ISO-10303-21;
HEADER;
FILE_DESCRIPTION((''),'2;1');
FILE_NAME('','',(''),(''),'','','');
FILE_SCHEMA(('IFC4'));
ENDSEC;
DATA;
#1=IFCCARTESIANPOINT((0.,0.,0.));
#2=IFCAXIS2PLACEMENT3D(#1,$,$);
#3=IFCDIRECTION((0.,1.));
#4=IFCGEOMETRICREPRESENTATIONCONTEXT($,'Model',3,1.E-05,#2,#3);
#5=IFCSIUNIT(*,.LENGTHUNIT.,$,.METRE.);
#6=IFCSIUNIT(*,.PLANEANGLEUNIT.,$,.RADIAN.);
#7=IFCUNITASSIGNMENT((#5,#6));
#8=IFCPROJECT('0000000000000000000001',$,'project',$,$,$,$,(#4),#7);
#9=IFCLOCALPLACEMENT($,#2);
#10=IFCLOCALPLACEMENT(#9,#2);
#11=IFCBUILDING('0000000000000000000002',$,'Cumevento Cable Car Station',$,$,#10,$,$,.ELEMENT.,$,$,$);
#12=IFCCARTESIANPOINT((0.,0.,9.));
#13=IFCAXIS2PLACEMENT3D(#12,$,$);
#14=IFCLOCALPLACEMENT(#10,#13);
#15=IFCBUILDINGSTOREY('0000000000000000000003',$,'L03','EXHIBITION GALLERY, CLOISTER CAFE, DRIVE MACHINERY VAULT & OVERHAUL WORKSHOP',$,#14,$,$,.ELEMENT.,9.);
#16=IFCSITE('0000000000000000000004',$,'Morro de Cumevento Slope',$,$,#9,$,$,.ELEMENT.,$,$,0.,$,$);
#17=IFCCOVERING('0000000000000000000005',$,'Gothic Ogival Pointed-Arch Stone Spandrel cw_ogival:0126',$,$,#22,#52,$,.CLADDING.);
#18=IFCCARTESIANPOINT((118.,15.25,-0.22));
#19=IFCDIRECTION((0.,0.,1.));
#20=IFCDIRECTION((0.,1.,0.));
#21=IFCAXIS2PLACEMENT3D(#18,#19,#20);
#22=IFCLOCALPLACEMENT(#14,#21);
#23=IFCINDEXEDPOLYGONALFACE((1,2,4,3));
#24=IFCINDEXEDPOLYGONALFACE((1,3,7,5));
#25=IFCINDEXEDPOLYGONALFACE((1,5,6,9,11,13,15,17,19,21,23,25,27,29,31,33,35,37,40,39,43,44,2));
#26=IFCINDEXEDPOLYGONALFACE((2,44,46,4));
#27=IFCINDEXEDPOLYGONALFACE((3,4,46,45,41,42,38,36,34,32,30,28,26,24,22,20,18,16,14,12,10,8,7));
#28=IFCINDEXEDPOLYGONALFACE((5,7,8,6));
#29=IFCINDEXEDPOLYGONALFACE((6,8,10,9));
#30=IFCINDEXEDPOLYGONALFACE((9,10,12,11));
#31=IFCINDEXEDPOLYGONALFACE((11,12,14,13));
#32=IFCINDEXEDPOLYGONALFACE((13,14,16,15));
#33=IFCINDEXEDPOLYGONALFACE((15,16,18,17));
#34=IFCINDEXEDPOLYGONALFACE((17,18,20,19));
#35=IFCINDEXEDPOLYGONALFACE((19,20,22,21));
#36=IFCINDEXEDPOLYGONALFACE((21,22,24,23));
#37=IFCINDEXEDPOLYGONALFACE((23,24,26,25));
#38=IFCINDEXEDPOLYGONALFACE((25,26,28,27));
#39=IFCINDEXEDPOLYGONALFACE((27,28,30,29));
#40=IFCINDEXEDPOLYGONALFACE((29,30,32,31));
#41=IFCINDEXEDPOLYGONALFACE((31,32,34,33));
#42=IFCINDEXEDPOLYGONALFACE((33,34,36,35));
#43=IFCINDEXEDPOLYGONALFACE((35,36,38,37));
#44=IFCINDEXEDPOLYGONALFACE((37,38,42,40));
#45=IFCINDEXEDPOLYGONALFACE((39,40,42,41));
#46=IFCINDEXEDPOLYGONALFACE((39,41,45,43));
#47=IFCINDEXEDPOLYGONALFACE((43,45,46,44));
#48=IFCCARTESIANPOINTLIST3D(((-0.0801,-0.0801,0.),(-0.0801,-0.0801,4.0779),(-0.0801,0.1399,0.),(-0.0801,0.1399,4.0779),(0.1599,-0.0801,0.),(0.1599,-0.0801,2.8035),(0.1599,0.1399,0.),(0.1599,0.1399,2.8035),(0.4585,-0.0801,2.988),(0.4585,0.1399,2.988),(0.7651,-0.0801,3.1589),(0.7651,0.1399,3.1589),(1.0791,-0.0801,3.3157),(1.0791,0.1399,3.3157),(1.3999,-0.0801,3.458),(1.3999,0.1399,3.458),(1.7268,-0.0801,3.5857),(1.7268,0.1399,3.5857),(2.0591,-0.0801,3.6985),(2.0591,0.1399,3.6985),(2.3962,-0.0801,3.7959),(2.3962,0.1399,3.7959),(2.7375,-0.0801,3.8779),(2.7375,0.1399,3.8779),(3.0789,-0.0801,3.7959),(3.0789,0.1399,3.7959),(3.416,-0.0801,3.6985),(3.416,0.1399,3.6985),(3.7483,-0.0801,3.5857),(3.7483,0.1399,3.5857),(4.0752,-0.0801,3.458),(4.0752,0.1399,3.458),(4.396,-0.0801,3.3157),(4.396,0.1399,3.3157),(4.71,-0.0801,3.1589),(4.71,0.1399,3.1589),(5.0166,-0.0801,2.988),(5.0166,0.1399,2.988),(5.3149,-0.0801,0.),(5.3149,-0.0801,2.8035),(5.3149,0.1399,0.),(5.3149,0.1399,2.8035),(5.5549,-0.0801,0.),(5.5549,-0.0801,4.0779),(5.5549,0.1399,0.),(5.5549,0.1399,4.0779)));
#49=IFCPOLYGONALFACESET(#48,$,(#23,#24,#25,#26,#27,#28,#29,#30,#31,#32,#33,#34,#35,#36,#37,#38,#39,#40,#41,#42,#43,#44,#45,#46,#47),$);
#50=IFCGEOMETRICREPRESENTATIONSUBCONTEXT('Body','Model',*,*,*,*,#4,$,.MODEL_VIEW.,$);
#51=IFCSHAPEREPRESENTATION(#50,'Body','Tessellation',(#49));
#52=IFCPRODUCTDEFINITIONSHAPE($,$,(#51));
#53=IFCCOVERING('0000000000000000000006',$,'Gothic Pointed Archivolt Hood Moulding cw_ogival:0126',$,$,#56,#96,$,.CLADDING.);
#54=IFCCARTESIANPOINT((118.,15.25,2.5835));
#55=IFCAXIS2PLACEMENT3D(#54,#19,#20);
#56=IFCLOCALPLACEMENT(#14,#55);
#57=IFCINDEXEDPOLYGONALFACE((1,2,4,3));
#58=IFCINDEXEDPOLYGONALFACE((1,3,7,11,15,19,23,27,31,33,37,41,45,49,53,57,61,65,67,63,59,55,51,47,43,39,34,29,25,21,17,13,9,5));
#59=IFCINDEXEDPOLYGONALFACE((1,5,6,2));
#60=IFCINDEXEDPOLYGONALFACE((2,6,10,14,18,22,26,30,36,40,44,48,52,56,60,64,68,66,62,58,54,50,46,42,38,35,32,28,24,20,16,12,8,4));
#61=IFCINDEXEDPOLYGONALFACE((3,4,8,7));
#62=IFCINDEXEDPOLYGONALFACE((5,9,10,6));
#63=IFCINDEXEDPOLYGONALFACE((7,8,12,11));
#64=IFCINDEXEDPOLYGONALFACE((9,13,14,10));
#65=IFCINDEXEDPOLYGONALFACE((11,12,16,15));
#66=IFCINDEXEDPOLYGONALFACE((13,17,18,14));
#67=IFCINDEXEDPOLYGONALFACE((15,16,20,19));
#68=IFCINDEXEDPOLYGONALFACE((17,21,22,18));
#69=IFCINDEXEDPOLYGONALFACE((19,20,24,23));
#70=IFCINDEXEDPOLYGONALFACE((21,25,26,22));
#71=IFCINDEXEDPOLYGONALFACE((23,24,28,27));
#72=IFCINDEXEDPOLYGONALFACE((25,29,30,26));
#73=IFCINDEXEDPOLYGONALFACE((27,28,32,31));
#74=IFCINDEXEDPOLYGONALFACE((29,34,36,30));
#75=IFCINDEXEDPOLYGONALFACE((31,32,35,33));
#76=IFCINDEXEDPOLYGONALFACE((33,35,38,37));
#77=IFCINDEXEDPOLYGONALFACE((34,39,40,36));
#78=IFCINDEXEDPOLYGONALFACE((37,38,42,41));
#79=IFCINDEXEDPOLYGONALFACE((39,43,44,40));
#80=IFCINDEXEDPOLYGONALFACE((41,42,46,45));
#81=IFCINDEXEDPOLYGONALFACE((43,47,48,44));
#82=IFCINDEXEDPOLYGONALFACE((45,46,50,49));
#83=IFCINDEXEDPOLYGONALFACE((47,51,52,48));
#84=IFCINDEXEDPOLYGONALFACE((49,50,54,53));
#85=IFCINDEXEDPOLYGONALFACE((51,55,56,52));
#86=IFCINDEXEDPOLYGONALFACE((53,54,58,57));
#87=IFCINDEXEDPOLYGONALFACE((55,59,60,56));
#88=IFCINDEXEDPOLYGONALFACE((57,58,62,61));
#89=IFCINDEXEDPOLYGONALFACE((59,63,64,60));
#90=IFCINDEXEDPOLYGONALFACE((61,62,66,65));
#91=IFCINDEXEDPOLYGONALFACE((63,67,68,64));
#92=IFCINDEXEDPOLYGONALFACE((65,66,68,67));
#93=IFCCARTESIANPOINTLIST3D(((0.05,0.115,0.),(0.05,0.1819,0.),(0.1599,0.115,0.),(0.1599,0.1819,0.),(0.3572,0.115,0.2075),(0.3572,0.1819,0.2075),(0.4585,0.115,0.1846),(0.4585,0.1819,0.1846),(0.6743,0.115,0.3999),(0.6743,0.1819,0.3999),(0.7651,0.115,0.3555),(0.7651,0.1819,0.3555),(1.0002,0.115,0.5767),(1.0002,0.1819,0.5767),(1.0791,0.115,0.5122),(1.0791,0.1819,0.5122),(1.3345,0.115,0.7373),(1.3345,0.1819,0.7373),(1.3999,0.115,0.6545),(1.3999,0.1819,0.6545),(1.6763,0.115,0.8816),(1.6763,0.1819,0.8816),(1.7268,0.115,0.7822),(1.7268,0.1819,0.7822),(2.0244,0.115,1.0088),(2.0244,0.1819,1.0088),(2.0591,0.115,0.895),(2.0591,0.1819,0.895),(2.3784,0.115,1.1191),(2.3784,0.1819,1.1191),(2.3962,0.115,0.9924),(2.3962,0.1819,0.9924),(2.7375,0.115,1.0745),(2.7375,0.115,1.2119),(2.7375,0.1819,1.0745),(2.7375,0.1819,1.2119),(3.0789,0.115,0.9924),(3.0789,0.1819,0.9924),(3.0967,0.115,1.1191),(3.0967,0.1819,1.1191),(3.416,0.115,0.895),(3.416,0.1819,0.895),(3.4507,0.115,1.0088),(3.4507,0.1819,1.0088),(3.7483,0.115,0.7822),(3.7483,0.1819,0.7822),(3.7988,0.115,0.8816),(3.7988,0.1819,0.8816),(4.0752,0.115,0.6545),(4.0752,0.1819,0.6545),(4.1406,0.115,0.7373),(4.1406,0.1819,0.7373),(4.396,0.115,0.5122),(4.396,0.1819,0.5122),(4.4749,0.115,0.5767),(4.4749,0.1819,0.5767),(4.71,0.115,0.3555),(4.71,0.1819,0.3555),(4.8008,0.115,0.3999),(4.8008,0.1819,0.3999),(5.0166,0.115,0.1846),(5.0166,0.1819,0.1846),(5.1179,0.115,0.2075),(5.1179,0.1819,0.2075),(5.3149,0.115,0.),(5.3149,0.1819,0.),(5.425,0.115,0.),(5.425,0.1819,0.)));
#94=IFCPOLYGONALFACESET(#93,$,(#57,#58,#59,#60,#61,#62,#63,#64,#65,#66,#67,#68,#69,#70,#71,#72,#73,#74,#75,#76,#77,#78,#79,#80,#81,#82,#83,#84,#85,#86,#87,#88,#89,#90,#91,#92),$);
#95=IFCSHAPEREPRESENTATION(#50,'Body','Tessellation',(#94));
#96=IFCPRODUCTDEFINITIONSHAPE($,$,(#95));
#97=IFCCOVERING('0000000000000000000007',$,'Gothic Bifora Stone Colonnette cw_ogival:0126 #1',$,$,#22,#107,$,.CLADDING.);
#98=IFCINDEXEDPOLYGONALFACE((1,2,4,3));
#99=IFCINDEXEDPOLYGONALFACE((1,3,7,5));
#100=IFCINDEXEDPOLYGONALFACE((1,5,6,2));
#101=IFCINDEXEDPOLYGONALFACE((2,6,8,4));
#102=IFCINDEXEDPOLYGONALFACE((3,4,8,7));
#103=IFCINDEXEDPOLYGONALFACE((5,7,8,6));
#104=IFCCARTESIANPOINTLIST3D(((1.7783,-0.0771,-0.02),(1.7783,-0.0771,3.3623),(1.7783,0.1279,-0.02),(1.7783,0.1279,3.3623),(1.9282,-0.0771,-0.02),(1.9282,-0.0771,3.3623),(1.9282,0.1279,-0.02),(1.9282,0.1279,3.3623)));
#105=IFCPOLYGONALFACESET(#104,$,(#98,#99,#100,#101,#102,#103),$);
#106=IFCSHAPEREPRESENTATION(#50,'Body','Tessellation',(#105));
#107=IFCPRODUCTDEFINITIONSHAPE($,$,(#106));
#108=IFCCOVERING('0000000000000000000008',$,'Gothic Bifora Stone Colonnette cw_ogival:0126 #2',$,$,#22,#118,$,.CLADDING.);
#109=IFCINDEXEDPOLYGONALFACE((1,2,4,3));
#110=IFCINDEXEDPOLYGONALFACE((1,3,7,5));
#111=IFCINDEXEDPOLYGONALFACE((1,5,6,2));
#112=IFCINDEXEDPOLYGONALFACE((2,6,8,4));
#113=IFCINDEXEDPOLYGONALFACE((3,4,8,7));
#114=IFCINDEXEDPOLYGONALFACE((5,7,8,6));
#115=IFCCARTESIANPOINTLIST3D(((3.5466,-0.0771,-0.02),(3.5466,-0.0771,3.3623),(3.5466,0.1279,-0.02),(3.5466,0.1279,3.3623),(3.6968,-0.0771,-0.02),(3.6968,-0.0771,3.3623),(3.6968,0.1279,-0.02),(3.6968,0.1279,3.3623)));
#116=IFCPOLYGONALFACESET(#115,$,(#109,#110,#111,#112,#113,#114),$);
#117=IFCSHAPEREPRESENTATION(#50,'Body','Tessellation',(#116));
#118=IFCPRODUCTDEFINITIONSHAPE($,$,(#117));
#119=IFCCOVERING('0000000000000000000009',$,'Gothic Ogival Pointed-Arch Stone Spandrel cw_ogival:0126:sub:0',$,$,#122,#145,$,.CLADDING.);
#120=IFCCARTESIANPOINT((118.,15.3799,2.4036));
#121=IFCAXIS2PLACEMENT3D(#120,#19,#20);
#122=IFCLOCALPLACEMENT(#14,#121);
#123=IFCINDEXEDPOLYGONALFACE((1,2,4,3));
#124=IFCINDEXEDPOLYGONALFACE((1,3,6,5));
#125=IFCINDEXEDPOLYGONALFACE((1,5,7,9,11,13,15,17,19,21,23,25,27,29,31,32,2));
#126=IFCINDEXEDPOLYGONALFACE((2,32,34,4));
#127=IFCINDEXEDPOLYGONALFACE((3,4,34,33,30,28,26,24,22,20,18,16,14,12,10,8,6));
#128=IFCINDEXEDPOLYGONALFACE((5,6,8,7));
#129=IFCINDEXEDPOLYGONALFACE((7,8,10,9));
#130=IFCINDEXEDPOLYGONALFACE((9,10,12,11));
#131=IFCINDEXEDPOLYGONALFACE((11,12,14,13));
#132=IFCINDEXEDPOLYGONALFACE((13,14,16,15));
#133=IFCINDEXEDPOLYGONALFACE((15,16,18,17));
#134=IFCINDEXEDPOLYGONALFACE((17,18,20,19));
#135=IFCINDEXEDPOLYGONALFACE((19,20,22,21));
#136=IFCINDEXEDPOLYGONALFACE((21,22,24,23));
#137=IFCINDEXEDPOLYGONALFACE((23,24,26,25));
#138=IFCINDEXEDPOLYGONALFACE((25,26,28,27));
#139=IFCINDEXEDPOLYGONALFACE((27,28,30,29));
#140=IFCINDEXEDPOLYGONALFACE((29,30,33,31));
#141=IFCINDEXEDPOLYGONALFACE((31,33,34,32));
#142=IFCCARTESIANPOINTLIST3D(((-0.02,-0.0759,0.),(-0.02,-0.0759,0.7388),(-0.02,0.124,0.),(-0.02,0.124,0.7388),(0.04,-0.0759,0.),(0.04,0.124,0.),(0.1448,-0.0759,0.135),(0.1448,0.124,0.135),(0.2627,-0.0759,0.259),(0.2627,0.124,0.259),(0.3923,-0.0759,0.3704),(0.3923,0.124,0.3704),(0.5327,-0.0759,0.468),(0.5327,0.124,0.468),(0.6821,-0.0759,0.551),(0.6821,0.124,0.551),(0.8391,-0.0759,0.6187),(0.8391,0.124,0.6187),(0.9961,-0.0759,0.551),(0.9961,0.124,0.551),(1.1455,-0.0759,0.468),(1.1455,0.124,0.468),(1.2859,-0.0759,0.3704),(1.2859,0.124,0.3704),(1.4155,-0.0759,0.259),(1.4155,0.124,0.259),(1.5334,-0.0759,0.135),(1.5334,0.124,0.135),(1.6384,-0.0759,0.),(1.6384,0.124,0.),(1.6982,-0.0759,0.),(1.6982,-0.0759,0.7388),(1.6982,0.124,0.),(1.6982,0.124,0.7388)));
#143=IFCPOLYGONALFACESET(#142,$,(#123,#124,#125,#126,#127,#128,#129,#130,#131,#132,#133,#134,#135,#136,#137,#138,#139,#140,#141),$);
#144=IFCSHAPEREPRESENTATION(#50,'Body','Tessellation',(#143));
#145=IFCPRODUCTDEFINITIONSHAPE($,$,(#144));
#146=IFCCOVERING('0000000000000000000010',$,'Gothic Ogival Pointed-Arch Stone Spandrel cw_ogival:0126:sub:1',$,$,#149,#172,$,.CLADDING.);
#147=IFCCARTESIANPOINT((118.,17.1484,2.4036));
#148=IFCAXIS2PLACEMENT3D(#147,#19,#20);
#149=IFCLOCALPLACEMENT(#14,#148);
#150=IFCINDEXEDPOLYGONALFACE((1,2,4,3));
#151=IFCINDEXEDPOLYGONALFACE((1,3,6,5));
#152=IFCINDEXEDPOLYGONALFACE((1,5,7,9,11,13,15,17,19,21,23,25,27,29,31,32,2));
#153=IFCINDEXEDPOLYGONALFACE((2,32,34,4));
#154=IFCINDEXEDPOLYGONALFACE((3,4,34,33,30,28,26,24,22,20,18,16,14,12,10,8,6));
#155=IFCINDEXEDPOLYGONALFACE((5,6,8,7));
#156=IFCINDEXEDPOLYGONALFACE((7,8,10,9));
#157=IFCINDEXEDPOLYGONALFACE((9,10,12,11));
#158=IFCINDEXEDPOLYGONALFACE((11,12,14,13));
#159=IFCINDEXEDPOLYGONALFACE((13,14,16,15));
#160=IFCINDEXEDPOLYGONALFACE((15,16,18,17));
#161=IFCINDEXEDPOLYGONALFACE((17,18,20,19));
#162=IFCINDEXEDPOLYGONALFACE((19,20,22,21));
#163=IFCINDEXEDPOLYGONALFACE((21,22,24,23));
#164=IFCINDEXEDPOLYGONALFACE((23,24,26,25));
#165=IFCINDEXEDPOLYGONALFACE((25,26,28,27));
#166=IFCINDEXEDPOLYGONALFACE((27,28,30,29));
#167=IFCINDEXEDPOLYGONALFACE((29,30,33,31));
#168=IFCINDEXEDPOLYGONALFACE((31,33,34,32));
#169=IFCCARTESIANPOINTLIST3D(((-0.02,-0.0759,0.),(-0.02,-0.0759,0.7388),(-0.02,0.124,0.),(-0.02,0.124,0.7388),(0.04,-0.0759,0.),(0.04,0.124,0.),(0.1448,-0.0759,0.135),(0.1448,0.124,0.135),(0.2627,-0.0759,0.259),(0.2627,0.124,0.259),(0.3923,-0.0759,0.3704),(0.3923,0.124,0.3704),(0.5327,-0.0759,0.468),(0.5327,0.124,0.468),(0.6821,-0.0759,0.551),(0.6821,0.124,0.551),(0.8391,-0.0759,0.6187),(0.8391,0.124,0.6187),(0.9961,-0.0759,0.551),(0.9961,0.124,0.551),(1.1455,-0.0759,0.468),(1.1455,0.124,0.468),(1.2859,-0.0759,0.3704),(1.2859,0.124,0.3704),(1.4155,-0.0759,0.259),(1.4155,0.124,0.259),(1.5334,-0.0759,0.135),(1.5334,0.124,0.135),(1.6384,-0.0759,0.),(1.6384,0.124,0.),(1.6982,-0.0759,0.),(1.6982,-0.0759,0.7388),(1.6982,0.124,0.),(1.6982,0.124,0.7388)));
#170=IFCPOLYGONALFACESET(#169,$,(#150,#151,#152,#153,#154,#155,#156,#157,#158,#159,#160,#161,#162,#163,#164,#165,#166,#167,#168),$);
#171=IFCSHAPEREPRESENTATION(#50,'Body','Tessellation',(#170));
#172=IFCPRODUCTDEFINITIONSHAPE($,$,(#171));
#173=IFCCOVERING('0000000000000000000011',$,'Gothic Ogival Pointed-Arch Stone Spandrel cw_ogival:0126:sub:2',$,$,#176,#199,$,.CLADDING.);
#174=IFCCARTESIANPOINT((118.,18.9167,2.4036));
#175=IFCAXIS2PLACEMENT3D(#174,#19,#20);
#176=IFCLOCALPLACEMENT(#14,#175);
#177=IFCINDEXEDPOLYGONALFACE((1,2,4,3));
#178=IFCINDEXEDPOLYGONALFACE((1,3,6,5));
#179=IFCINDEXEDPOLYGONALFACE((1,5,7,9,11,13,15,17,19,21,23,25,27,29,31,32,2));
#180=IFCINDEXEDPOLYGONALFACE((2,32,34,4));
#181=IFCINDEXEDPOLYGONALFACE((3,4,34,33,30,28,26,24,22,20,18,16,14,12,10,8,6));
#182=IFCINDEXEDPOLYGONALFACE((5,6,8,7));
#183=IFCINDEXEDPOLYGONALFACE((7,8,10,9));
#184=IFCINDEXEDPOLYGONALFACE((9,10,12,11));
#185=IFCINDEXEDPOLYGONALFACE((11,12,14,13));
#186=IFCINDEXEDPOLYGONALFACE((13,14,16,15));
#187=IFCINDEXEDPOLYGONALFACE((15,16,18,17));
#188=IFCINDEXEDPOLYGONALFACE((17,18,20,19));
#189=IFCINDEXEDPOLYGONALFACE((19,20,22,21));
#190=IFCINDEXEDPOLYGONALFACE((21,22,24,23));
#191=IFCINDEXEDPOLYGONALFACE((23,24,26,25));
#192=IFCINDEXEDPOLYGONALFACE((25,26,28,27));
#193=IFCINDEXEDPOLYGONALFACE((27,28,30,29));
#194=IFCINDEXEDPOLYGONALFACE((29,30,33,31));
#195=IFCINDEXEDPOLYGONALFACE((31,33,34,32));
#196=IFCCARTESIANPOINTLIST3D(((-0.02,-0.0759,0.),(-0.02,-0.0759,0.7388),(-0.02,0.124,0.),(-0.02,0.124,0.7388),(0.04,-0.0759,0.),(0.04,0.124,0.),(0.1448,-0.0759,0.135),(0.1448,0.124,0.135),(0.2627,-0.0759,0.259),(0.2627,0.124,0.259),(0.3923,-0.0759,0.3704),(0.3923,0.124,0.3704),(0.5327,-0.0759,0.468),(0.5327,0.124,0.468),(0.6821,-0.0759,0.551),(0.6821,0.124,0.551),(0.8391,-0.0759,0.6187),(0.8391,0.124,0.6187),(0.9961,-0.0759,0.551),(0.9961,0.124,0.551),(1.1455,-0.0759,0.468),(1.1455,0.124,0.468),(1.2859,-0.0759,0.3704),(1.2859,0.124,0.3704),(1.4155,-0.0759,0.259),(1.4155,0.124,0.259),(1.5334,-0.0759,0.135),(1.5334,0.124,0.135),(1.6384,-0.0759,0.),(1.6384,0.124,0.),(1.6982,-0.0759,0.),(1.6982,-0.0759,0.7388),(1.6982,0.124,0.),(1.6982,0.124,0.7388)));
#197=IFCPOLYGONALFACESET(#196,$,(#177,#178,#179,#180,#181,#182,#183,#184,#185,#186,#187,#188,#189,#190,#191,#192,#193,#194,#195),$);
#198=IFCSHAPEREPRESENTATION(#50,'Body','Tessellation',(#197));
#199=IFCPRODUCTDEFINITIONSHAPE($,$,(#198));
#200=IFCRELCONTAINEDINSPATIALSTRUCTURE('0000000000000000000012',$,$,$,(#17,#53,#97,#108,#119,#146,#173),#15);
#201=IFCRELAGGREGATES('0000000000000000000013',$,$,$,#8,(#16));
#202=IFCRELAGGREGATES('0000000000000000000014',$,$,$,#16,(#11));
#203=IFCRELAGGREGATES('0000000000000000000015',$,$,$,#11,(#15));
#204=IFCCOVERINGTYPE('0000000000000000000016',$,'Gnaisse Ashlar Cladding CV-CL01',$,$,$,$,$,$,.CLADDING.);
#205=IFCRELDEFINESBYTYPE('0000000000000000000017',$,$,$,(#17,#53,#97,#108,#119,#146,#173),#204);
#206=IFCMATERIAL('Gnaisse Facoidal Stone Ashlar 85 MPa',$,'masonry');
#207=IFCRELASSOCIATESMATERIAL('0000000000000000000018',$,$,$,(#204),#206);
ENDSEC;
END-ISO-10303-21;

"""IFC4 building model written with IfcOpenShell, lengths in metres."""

from ifc_helpers import new_model, si_unit, direction, frame, origin, place, context, subcontext, project, spatial, polyline, outline, extrude, material, type_object, element, save


model = new_model("IFC4")

# Units and contexts
model_context = context("Model", 3, precision=1e-05, world=origin(), true_north=direction((0.0, 1.0)))
body_context = subcontext(model_context, "Body", "Model", "MODEL_VIEW")
ifc_project = project(units=[si_unit("LENGTHUNIT", "METRE"), si_unit("PLANEANGLEUNIT", "RADIAN")], contexts=[model_context])

# Site, building, storey
site_placement = place(None, origin())
site = spatial("IfcSite", under=ifc_project, at=site_placement, Name="Morro de Cumevento Slope", CompositionType="ELEMENT", RefElevation=0.0)
building_placement = place(site_placement, origin())
building = spatial("IfcBuilding", under=site, at=building_placement, Name="Cumevento Cable Car Station", CompositionType="ELEMENT")
storey_placement = place(building_placement, frame((0.0, 0.0, 9.0)))
storey = spatial("IfcBuildingStorey", under=building, at=storey_placement, Name="L03", Description="EXHIBITION GALLERY, CLOISTER CAFE, DRIVE MACHINERY VAULT & OVERHAUL WORKSHOP", CompositionType="ELEMENT", Elevation=9.0)

# Coverings
ifc_material_1 = material(Name="Gnaisse Facoidal Stone Ashlar 85 MPa", Category="masonry")
covering_type = type_object("IfcCoveringType", Name="Gnaisse Ashlar Cladding CV-CL01", PredefinedType="CLADDING", material=ifc_material_1)
placement = place(storey_placement, frame((118.0, 15.25, -0.22), z_axis=(0.0, 0.0, 1.0), x_axis=(0.0, 1.0, 0.0)))
element("IfcCovering", 1, at=placement, inside=storey, type_object=covering_type, Name="Gothic Ogival Pointed-Arch Stone Spandrel cw_ogival:0126", PredefinedType="CLADDING", context=body_context, shape_type="SweptSolid", body=[
    extrude(outline(polyline([(-0.0801, 0.0), (-0.0801, 4.0779), (5.5549, 4.0779), (5.5549, 0.0), (5.3149, 0.0), (5.3149, 2.8035), (5.0166, 2.988), (4.71, 3.1589), (4.396, 3.3157), (4.0752, 3.458), (3.7483, 3.5857), (3.416, 3.6985), (3.0789, 3.7959), (2.7375, 3.8779), (2.3962, 3.7959), (2.0591, 3.6985), (1.7268, 3.5857), (1.3999, 3.458), (1.0791, 3.3157), (0.7651, 3.1589), (0.4585, 2.988), (0.1599, 2.8035), (0.1599, 0.0), (-0.0801, 0.0)])), frame((0.0, 0.1399, 0.0), z_axis=(0.0, -1.0, 0.0), x_axis=(1.0, 0.0, 0.0)), (0.0, 0.0, 1.0), 0.22),
])
covering_1_placement = place(storey_placement, frame((118.0, 15.25, 2.5835), z_axis=(0.0, 0.0, 1.0), x_axis=(0.0, 1.0, 0.0)))
element("IfcCovering", 2, at=covering_1_placement, inside=storey, type_object=covering_type, Name="Gothic Pointed Archivolt Hood Moulding cw_ogival:0126", PredefinedType="CLADDING", context=body_context, shape_type="SweptSolid", body=[
    extrude(outline(polyline([(0.1599, 0.0), (0.4585, 0.1846), (0.7651, 0.3555), (1.0791, 0.5122), (1.3999, 0.6545), (1.7268, 0.7822), (2.0591, 0.895), (2.3962, 0.9924), (2.7375, 1.0745), (3.0789, 0.9924), (3.416, 0.895), (3.7483, 0.7822), (4.0752, 0.6545), (4.396, 0.5122), (4.71, 0.3555), (5.0166, 0.1846), (5.3149, 0.0), (5.425, 0.0), (5.1179, 0.2075), (4.8008, 0.3999), (4.4749, 0.5767), (4.1406, 0.7373), (3.7988, 0.8816), (3.4507, 1.0088), (3.0967, 1.1191), (2.7375, 1.2119), (2.3784, 1.1191), (2.0244, 1.0088), (1.6763, 0.8816), (1.3345, 0.7373), (1.0002, 0.5767), (0.6743, 0.3999), (0.3572, 0.2075), (0.05, 0.0), (0.1599, 0.0)])), frame((0.0, 0.1819, 0.0), z_axis=(0.0, -1.0, 0.0), x_axis=(1.0, 0.0, 0.0)), (0.0, 0.0, 1.0), 0.0669),
])
element("IfcCovering", 3, at=placement, inside=storey, type_object=covering_type, Name="Gothic Bifora Stone Colonnette cw_ogival:0126 #1", PredefinedType="CLADDING", context=body_context, shape_type="SweptSolid", body=[
    extrude(outline(polyline([(1.7783, -0.02), (1.9282, -0.02), (1.9282, 3.3623), (1.7783, 3.3623), (1.7783, -0.02)])), frame((0.0, 0.1279, 0.0), z_axis=(0.0, -1.0, 0.0), x_axis=(1.0, 0.0, 0.0)), (0.0, 0.0, 1.0), 0.2051),
])
element("IfcCovering", 4, at=placement, inside=storey, type_object=covering_type, Name="Gothic Bifora Stone Colonnette cw_ogival:0126 #2", PredefinedType="CLADDING", context=body_context, shape_type="SweptSolid", body=[
    extrude(outline(polyline([(3.5466, -0.02), (3.6968, -0.02), (3.6968, 3.3623), (3.5466, 3.3623), (3.5466, -0.02)])), frame((0.0, 0.1279, 0.0), z_axis=(0.0, -1.0, 0.0), x_axis=(1.0, 0.0, 0.0)), (0.0, 0.0, 1.0), 0.2051),
])
for number, where, z_axis, x_axis, name in (
    (5, (118.0, 15.3799, 2.4036), (0.0, 0.0, 1.0), (0.0, 1.0, 0.0), "Gothic Ogival Pointed-Arch Stone Spandrel cw_ogival:0126:sub:0"),
    (6, (118.0, 17.1484, 2.4036), (0.0, 0.0, 1.0), (0.0, 1.0, 0.0), "Gothic Ogival Pointed-Arch Stone Spandrel cw_ogival:0126:sub:1"),
    (7, (118.0, 18.9167, 2.4036), (0.0, 0.0, 1.0), (0.0, 1.0, 0.0), "Gothic Ogival Pointed-Arch Stone Spandrel cw_ogival:0126:sub:2"),
):
    element("IfcCovering", number, at=place(storey_placement, frame(where, z_axis=z_axis, x_axis=x_axis)), inside=storey, type_object=covering_type, Name=name, PredefinedType="CLADDING", context=body_context, shape_type="SweptSolid", body=[
        extrude(outline(polyline([(-0.02, 0.0), (-0.02, 0.7388), (1.6982, 0.7388), (1.6982, 0.0), (1.6384, 0.0), (1.5334, 0.135), (1.4155, 0.259), (1.2859, 0.3704), (1.1455, 0.468), (0.9961, 0.551), (0.8391, 0.6187), (0.6821, 0.551), (0.5327, 0.468), (0.3923, 0.3704), (0.2627, 0.259), (0.1448, 0.135), (0.04, 0.0), (-0.02, 0.0)])), frame((0.0, 0.124, 0.0), z_axis=(0.0, -1.0, 0.0), x_axis=(1.0, 0.0, 0.0)), (0.0, 0.0, 1.0), 0.2),
    ])

save(model, "model.ifc")
